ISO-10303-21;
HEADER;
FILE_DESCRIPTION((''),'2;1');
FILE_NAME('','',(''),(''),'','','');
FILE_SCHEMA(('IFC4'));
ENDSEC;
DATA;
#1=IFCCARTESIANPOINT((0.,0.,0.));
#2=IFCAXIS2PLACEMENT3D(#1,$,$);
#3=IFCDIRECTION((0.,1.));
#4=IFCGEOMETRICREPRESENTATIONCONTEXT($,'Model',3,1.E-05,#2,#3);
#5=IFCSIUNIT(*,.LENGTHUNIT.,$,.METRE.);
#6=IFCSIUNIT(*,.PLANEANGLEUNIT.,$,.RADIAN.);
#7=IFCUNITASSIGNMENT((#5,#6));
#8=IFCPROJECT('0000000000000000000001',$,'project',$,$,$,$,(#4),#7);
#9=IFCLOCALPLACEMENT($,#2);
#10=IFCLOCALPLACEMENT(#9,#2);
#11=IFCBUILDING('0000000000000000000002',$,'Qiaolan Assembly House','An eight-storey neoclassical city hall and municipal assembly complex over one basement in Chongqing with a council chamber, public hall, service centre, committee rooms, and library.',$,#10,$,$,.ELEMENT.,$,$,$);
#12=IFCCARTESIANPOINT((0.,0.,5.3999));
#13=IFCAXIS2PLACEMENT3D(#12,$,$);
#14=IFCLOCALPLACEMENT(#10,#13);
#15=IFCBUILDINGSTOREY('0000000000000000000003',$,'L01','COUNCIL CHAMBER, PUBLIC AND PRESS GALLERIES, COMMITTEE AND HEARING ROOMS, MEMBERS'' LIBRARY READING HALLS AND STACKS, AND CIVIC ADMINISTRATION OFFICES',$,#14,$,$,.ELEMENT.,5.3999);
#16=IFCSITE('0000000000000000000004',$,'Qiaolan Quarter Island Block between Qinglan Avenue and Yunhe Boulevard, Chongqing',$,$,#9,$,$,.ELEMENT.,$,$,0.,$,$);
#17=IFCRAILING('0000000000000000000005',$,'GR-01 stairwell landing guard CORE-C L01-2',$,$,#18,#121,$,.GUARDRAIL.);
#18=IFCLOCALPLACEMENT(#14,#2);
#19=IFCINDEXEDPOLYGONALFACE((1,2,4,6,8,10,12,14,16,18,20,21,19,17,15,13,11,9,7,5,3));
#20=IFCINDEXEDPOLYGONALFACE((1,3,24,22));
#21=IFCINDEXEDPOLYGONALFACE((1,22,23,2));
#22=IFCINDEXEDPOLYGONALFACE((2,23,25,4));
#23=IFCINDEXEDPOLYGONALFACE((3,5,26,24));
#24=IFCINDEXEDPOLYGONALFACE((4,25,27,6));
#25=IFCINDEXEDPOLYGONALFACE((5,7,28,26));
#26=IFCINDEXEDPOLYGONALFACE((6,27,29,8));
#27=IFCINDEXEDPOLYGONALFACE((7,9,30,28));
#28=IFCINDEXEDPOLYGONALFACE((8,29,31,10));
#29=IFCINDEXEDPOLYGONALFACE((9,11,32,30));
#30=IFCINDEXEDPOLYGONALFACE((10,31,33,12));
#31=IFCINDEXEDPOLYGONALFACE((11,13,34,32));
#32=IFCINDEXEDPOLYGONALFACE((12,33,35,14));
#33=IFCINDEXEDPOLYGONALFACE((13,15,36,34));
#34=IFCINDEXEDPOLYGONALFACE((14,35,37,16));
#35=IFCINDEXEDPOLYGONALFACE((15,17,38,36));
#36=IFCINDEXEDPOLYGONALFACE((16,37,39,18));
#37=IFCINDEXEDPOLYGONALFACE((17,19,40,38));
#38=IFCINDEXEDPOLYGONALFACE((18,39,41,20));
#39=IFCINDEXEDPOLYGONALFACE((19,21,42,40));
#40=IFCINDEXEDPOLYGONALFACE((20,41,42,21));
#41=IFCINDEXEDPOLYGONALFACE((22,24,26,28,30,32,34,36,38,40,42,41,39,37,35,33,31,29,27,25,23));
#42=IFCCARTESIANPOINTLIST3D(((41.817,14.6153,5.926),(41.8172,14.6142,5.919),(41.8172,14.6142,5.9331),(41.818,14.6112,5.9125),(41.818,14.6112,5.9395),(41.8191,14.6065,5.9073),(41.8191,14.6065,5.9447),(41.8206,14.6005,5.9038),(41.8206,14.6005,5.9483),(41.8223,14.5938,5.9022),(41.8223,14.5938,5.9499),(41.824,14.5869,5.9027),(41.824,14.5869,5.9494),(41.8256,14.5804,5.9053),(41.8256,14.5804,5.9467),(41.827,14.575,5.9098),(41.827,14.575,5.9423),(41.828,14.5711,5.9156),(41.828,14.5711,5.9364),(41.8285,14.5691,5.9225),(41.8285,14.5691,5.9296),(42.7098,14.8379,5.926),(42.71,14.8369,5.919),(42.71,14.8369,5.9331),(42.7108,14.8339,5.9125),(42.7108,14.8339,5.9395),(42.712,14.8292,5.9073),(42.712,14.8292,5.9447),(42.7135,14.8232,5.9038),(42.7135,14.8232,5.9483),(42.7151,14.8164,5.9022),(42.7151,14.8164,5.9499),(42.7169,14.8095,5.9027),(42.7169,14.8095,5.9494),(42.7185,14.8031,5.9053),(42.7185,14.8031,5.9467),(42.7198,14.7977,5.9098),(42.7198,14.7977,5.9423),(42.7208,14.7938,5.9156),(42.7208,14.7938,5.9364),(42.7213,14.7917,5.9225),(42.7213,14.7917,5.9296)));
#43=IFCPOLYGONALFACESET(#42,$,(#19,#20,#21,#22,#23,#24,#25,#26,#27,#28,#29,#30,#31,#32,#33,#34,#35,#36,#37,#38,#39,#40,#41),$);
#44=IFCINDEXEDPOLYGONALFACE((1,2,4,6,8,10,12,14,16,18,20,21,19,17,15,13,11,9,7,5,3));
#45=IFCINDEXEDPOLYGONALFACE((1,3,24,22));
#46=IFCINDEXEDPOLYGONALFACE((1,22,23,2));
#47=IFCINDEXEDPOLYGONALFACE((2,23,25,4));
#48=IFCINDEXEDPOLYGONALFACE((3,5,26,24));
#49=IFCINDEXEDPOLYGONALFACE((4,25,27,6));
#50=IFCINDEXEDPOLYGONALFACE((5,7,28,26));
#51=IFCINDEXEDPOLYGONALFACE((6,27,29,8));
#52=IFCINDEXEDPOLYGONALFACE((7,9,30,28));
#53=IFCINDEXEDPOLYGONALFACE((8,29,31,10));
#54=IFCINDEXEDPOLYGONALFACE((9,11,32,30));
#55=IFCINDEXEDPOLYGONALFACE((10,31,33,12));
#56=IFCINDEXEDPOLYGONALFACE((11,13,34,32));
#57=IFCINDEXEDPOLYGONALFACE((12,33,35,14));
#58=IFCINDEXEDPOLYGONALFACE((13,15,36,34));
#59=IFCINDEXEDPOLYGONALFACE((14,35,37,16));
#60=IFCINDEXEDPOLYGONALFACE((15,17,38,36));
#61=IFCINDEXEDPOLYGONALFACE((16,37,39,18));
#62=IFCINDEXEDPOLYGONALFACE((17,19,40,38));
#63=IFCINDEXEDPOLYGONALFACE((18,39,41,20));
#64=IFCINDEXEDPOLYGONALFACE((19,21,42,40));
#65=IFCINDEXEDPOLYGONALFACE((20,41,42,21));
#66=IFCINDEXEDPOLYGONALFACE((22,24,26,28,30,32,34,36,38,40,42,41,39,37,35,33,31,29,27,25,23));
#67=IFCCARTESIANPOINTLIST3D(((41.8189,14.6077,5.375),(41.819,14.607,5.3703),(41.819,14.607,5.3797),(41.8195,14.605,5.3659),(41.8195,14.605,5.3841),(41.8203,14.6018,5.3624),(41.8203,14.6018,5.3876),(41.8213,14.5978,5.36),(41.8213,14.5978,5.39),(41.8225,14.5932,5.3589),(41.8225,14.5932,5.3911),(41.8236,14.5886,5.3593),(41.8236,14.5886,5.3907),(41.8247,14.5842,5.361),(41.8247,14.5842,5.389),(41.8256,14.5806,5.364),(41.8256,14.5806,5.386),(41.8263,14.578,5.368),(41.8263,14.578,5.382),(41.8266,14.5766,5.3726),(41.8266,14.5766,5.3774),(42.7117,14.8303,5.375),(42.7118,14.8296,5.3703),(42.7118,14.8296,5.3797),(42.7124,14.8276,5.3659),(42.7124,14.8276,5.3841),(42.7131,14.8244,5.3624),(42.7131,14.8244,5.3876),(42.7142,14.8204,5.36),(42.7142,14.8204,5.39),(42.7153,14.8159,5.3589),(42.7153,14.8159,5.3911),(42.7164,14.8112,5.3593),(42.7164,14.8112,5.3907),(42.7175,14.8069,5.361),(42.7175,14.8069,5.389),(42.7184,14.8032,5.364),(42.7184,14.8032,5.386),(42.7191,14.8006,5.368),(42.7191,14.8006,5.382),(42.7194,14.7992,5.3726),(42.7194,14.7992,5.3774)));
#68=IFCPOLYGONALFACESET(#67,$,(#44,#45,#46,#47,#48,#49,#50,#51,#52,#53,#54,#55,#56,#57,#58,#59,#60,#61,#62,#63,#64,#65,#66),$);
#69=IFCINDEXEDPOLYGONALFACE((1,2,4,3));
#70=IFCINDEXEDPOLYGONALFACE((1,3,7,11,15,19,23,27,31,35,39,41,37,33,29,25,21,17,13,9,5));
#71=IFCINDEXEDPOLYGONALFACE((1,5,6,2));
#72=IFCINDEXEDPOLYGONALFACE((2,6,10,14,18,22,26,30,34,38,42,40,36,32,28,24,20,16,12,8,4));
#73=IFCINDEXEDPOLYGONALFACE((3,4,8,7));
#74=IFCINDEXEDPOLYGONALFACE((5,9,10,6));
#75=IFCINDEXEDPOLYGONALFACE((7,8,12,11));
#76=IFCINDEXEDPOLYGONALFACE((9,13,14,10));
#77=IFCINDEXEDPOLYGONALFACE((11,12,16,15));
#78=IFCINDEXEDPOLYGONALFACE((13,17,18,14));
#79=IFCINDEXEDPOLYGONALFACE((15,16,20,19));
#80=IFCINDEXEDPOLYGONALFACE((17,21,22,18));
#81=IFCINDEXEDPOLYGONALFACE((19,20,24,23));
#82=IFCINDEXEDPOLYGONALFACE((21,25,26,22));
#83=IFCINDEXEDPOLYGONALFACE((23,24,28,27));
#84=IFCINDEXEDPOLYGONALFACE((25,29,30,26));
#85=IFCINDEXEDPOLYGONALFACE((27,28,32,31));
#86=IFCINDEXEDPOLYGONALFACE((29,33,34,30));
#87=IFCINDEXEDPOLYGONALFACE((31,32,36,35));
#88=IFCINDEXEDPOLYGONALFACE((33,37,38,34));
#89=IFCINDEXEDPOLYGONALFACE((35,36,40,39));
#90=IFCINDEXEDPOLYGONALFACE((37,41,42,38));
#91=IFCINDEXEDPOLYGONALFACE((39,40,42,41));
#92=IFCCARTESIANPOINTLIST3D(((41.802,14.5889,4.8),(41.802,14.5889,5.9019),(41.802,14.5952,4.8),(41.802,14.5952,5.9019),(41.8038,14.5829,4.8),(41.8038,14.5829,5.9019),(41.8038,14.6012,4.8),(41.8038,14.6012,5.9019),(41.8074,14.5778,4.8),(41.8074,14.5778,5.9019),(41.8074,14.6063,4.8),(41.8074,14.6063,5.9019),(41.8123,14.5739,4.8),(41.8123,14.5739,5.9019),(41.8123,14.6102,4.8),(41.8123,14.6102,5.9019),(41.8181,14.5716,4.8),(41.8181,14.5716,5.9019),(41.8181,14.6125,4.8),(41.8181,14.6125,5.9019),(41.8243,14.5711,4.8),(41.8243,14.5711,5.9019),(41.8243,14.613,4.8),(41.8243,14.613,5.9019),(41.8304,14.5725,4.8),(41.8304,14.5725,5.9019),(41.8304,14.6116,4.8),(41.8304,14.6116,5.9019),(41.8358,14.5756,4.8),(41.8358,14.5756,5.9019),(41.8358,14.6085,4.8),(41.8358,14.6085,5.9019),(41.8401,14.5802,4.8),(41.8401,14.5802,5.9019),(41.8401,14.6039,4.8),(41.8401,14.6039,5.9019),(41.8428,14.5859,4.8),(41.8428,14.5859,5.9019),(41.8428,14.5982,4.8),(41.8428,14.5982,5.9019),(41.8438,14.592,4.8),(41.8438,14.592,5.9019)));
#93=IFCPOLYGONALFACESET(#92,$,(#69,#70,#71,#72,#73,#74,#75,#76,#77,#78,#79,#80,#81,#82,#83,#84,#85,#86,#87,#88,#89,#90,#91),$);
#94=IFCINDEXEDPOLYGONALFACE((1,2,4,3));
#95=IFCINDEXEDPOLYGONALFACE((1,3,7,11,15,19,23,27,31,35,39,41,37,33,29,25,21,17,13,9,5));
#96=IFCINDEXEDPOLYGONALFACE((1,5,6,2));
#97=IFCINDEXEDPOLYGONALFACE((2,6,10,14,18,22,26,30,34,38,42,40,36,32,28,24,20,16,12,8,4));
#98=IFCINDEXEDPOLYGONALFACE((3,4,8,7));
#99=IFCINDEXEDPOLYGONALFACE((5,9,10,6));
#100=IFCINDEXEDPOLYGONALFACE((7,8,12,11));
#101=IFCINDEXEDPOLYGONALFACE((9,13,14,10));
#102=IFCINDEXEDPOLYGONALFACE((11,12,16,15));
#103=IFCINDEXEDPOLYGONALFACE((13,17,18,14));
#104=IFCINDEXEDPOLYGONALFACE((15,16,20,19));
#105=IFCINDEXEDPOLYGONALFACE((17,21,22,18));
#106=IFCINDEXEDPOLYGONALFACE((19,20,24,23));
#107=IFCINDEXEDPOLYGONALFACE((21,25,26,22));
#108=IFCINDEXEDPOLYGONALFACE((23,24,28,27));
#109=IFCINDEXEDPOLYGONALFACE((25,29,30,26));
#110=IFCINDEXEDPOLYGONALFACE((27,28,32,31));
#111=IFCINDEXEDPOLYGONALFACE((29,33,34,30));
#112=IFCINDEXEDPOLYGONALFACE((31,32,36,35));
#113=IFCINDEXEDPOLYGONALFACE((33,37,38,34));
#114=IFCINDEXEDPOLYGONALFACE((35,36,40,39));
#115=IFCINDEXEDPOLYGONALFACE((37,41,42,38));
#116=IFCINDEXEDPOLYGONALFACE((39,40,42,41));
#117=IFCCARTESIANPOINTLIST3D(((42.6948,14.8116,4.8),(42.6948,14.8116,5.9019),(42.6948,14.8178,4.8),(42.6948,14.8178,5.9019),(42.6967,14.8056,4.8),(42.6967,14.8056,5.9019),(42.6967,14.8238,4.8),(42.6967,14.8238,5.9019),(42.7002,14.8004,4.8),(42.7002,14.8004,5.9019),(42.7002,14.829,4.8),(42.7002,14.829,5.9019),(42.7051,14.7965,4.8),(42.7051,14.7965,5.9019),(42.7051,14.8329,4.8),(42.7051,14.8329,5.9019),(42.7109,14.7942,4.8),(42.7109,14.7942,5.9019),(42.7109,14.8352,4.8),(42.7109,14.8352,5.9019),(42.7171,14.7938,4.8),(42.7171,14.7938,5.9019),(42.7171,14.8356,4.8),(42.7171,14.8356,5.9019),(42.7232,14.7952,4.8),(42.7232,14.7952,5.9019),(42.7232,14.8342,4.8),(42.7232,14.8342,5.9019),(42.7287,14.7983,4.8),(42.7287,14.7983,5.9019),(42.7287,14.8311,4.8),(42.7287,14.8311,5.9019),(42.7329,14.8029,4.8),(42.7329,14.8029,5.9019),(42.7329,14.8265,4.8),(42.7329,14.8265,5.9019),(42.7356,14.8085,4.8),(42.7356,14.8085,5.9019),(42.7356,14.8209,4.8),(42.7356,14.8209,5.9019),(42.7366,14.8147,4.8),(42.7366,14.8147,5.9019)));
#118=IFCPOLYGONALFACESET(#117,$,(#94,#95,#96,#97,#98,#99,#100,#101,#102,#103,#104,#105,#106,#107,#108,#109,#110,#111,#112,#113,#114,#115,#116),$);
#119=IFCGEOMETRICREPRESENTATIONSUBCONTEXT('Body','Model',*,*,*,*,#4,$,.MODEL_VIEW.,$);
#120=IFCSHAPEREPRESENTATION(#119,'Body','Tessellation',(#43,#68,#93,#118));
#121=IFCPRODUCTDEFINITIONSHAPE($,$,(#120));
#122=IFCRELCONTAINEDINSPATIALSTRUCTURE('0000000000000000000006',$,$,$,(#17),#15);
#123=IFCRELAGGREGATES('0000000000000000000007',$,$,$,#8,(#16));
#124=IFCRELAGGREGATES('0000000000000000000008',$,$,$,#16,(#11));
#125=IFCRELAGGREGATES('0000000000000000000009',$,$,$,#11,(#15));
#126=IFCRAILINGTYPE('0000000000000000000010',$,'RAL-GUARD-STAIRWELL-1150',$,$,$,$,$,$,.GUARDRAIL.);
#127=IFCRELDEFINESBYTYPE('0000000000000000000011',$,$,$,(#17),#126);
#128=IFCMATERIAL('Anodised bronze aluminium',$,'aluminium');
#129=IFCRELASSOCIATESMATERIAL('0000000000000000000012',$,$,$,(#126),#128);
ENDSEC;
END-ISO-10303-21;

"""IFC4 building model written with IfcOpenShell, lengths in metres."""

from ifc_helpers import new_model, si_unit, direction, frame, origin, origin_2d, place, context, subcontext, project, spatial, circle, extrude, material, type_object, element, save


model = new_model("IFC4")

# Units and contexts
model_context = context("Model", 3, precision=1e-05, world=origin(), true_north=direction((0.0, 1.0)))
body_context = subcontext(model_context, "Body", "Model", "MODEL_VIEW")
ifc_project = project(units=[si_unit("LENGTHUNIT", "METRE"), si_unit("PLANEANGLEUNIT", "RADIAN")], contexts=[model_context])

# Site, building, storey
site_placement = place(None, origin())
site = spatial("IfcSite", under=ifc_project, at=site_placement, Name="Qiaolan Quarter Island Block between Qinglan Avenue and Yunhe Boulevard, Chongqing", CompositionType="ELEMENT", RefElevation=0.0)
building_placement = place(site_placement, origin())
building = spatial("IfcBuilding", under=site, at=building_placement, Name="Qiaolan Assembly House", Description="An eight-storey neoclassical city hall and municipal assembly complex over one basement in Chongqing with a council chamber, public hall, service centre, committee rooms, and library.", CompositionType="ELEMENT")
storey_placement = place(building_placement, frame((0.0, 0.0, 5.3999)))
storey = spatial("IfcBuildingStorey", under=building, at=storey_placement, Name="L01", Description="COUNCIL CHAMBER, PUBLIC AND PRESS GALLERIES, COMMITTEE AND HEARING ROOMS, MEMBERS' LIBRARY READING HALLS AND STACKS, AND CIVIC ADMINISTRATION OFFICES", CompositionType="ELEMENT", Elevation=5.3999)

# Railing
ifc_material_1 = material(Name="Anodised bronze aluminium", Category="aluminium")
railing_type_1 = type_object("IfcRailingType", Name="RAL-GUARD-STAIRWELL-1150", PredefinedType="GUARDRAIL", material=ifc_material_1)
railing_1_placement = place(storey_placement, frame((41.8228, 14.592, 4.8)))
element("IfcRailing", 1, at=railing_1_placement, inside=storey, type_object=railing_type_1, Name="GR-01 stairwell landing guard CORE-C L01-2", PredefinedType="GUARDRAIL", context=body_context, shape_type="SweptSolid", body=[
    extrude(circle(Radius=0.0239, at=origin_2d()), frame((0.0, 0.0, 1.126), z_axis=(0.970283, 0.241974, 0.0), x_axis=(-0.241974, 0.970283, 0.0)), (0.0, 0.0, 1.0), 0.9202),
    extrude(circle(Radius=0.0161, at=origin_2d()), frame((0.0, 0.0, 0.575), z_axis=(0.970283, 0.241974, 0.0), x_axis=(-0.241974, 0.970283, 0.0)), (0.0, 0.0, 1.0), 0.9202),
    extrude(circle(Radius=0.021, at=origin_2d()), origin(), (0.0, 0.0, 1.0), 1.1018),
    extrude(circle(Radius=0.021, at=origin_2d()), frame((0.8928, 0.2227, 0.0)), (0.0, 0.0, 1.0), 1.1018),
])

save(model, "model.ifc")
